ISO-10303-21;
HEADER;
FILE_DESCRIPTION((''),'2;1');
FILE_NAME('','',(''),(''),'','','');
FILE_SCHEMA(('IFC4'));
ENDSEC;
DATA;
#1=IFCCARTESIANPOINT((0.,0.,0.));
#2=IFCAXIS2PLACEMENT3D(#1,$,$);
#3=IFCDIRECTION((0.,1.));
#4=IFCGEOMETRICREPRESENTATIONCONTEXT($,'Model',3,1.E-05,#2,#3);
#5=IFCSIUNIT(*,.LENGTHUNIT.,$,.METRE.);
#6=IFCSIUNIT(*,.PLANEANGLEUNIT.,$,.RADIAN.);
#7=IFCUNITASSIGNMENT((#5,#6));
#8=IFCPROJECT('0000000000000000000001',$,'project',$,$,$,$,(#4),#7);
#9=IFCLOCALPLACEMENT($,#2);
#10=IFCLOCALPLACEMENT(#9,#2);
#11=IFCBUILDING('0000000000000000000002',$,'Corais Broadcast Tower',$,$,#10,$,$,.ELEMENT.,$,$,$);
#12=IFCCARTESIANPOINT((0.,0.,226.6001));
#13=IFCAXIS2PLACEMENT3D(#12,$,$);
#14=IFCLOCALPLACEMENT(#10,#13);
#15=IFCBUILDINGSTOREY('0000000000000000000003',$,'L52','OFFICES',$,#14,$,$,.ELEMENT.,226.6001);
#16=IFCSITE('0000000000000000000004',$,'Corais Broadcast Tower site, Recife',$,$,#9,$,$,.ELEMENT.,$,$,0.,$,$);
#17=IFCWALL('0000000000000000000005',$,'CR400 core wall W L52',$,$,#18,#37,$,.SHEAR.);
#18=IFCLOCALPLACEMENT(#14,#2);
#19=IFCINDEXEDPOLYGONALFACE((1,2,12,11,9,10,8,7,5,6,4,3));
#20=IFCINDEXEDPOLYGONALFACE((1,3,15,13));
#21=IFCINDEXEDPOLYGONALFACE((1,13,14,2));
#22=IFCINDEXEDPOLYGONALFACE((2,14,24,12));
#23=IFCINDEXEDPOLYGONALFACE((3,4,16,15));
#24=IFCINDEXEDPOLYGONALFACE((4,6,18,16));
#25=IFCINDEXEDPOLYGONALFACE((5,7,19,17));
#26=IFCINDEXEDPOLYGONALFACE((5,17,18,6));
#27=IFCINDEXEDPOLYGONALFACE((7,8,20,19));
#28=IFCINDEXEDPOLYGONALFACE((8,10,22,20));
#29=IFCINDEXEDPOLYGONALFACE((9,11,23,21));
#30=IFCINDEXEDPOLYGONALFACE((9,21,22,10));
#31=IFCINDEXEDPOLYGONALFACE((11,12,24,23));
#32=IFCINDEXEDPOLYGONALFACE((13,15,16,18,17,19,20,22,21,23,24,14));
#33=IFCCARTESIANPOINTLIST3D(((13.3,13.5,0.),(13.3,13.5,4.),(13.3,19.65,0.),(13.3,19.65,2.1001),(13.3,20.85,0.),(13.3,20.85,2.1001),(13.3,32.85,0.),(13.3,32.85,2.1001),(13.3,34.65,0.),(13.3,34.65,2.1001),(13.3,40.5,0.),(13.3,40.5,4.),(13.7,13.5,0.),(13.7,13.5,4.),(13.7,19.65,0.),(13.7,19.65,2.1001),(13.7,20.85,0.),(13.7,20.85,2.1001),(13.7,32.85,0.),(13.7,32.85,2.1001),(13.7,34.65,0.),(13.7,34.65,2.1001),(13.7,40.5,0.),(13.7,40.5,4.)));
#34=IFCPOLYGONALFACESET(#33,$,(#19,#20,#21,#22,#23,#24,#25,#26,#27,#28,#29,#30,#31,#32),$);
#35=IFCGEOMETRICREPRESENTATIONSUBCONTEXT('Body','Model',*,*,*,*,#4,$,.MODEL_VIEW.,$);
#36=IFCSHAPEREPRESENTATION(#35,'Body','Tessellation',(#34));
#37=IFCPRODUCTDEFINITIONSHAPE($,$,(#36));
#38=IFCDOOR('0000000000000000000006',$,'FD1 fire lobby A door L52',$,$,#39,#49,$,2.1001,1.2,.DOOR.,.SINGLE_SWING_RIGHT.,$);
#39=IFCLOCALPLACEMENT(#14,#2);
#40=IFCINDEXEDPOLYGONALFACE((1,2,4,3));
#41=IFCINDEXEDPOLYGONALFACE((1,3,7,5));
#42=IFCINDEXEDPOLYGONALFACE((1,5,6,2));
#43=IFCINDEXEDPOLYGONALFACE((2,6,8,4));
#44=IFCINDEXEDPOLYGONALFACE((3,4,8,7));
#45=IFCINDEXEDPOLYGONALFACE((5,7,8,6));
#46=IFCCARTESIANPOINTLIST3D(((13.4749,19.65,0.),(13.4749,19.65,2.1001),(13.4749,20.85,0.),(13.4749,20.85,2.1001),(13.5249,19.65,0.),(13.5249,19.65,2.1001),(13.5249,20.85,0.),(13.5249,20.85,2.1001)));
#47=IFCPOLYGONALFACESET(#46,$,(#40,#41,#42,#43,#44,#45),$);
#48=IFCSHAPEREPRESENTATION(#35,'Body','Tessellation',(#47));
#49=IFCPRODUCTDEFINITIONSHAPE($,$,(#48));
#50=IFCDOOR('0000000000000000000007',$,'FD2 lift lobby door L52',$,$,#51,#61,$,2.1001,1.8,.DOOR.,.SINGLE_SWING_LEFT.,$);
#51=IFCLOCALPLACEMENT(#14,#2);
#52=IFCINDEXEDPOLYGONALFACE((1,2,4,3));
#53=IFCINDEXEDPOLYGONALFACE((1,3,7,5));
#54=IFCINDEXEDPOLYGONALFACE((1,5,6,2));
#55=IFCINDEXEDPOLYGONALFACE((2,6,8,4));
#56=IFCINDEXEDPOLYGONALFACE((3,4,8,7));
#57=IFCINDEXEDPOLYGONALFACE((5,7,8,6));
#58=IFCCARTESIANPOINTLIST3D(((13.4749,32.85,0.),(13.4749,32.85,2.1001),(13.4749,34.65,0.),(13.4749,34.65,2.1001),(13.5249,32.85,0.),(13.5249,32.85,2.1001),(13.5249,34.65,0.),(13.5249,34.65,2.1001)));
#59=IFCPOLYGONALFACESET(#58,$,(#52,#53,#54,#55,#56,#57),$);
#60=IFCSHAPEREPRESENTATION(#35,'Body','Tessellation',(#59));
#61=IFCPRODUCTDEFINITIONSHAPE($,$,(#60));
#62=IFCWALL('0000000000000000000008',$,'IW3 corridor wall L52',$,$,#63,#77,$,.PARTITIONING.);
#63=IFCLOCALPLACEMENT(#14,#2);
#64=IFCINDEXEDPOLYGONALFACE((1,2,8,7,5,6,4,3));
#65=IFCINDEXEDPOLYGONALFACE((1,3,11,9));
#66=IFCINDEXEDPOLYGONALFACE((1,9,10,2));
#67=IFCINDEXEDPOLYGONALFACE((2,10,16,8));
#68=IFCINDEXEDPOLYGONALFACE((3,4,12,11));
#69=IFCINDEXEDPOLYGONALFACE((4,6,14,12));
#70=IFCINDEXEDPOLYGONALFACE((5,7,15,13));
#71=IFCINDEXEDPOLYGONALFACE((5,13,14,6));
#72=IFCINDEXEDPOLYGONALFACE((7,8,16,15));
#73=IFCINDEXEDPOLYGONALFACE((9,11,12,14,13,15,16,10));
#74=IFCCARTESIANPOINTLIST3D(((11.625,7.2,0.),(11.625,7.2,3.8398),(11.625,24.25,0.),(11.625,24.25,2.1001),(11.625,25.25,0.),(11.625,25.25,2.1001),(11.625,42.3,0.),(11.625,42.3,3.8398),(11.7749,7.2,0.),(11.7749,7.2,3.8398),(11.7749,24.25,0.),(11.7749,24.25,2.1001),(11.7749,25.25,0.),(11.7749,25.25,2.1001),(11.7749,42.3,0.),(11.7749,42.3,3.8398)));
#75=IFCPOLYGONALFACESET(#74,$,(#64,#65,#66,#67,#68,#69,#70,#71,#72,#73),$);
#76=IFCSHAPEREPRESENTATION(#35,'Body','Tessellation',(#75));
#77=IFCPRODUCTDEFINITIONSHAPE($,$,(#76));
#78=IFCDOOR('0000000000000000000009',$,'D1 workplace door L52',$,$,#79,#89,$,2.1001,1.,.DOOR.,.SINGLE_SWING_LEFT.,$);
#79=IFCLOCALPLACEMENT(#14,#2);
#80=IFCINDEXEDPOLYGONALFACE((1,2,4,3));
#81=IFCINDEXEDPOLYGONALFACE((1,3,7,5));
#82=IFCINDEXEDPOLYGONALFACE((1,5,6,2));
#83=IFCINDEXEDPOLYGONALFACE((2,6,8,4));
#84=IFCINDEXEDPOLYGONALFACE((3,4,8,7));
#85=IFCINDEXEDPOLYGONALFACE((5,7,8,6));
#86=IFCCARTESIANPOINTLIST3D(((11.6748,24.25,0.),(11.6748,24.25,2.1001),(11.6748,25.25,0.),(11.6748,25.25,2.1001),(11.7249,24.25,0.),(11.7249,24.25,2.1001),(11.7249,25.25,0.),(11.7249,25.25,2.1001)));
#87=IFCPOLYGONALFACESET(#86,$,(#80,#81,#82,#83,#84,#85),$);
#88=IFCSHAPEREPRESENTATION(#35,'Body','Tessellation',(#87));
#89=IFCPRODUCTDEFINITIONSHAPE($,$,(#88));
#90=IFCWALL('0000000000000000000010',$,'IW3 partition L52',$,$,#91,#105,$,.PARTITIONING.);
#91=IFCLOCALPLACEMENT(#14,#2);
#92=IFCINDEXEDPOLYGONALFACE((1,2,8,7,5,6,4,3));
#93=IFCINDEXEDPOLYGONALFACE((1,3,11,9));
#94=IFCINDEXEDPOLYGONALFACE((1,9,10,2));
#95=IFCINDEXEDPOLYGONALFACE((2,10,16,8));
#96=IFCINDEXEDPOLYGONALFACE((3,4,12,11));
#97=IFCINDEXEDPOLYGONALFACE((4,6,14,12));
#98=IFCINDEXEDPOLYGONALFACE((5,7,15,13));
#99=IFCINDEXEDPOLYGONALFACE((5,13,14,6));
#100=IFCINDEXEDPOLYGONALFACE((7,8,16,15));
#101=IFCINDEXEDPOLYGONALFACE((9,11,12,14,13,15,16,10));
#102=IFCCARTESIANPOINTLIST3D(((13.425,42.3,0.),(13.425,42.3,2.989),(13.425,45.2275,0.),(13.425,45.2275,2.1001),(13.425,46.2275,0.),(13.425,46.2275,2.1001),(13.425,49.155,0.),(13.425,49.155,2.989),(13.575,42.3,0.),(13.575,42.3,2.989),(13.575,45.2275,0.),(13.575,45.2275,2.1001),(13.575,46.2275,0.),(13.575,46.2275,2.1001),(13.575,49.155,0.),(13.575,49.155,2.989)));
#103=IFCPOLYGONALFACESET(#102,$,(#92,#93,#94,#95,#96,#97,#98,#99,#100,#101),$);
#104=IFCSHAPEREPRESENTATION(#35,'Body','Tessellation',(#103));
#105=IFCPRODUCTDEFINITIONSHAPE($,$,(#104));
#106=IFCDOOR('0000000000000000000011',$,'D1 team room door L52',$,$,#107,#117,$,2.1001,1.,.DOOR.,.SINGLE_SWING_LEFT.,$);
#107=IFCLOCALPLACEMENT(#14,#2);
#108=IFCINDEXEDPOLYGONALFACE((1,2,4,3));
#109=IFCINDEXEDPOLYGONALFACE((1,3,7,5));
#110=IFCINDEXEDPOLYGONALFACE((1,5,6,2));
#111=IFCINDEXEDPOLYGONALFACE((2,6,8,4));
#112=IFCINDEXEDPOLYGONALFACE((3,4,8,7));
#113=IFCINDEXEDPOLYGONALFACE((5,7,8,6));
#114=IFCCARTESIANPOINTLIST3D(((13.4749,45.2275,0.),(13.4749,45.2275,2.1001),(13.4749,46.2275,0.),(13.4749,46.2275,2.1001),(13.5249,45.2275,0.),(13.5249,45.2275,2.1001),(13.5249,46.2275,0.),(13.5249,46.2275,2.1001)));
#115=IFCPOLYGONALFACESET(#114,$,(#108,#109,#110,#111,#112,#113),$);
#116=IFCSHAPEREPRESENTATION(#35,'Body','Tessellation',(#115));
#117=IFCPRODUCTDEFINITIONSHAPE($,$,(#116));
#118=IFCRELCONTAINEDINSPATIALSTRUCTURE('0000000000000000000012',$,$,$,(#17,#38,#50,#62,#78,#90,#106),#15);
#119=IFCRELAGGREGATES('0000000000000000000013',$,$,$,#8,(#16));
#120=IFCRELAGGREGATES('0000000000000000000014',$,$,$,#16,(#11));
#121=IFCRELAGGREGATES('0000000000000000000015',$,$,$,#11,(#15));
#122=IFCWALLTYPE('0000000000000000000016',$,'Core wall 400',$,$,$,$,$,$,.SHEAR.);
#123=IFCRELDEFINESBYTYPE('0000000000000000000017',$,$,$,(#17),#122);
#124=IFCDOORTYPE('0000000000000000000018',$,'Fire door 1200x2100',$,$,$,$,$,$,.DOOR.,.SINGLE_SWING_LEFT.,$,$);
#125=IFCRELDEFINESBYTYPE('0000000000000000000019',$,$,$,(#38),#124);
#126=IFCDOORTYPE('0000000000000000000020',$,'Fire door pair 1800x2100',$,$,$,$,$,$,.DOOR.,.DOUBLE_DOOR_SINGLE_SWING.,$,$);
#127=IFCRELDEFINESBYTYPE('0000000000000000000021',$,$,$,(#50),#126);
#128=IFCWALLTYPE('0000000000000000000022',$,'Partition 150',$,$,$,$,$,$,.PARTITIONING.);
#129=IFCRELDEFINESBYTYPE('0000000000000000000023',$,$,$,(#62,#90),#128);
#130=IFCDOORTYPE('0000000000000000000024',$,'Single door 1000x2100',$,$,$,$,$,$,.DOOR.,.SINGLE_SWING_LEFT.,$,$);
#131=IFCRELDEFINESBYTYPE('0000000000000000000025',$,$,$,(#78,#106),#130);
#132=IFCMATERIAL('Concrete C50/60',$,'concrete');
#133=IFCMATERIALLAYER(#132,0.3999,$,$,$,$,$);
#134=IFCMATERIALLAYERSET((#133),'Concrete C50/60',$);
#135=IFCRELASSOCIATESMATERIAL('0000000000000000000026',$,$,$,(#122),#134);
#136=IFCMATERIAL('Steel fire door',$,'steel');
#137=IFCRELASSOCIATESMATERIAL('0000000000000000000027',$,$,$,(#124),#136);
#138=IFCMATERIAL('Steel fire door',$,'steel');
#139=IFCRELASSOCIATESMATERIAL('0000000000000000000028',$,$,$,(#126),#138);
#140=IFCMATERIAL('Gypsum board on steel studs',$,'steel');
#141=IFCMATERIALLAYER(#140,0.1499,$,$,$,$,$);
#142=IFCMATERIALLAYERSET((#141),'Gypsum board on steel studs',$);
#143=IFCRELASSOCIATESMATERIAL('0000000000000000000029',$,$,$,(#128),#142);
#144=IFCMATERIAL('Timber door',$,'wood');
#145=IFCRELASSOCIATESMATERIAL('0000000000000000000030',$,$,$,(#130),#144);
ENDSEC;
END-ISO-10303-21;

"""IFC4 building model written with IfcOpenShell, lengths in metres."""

from ifc_helpers import new_model, si_unit, direction, frame, frame_2d, origin, place, context, subcontext, project, spatial, rectangle, extrude, material, layer, layer_set, type_object, element, fill, save


model = new_model("IFC4")

# Units and contexts
model_context = context("Model", 3, precision=1e-05, world=origin(), true_north=direction((0.0, 1.0)))
body_context = subcontext(model_context, "Body", "Model", "MODEL_VIEW")
ifc_project = project(units=[si_unit("LENGTHUNIT", "METRE"), si_unit("PLANEANGLEUNIT", "RADIAN")], contexts=[model_context])

# Site, building, storey
site_placement = place(None, origin())
site = spatial("IfcSite", under=ifc_project, at=site_placement, Name="Corais Broadcast Tower site, Recife", CompositionType="ELEMENT", RefElevation=0.0)
building_placement = place(site_placement, origin())
building = spatial("IfcBuilding", under=site, at=building_placement, Name="Corais Broadcast Tower", CompositionType="ELEMENT")
storey_placement = place(building_placement, frame((0.0, 0.0, 226.6001)))
storey = spatial("IfcBuildingStorey", under=building, at=storey_placement, Name="L52", Description="OFFICES", CompositionType="ELEMENT", Elevation=226.6001)

# Wall, openings, doors
ifc_material_1 = material(Name="Concrete C50/60", Category="concrete")
ifc_layer_1 = layer(ifc_material_1, 0.3999)
ifc_layer_set_1 = layer_set([ifc_layer_1], Name="Concrete C50/60")
wall_type_1 = type_object("IfcWallType", Name="Core wall 400", PredefinedType="SHEAR", material=ifc_layer_set_1)
wall_1_placement = place(storey_placement, frame((13.5, 40.5, 0.0), z_axis=(0.0, 0.0, 1.0), x_axis=(0.0, -1.0, 0.0)))
wall_1 = element("IfcWall", 1, at=wall_1_placement, inside=storey, type_object=wall_type_1, Name="CR400 core wall W L52", PredefinedType="SHEAR", context=body_context, shape_type="SweptSolid", body=[
    extrude(rectangle(XDim=27.0, YDim=0.3999, at=frame_2d((13.5, 0.0))), origin(), (0.0, 0.0, 1.0), 4.0),
])
opening_1_placement = place(wall_1_placement, frame((19.6499, 0.0, 0.0)))
opening_1 = element("IfcOpeningElement", 2, at=opening_1_placement, cuts=wall_1, PredefinedType="OPENING", context=body_context, shape_type="SweptSolid", body=[
    extrude(rectangle(XDim=1.2, YDim=2.1001, at=frame_2d((0.6001, 1.05))), frame((0.0, 0.21, 0.0), z_axis=(0.0, -1.0, 0.0), x_axis=(1.0, 0.0, 0.0)), (0.0, 0.0, 1.0), 0.4199),
])
opening_2_placement = place(wall_1_placement, frame((5.8501, 0.0, 0.0)))
opening_2 = element("IfcOpeningElement", 3, at=opening_2_placement, cuts=wall_1, PredefinedType="OPENING", context=body_context, shape_type="SweptSolid", body=[
    extrude(rectangle(XDim=1.8, YDim=2.1001, at=frame_2d((0.8999, 1.05))), frame((0.0, 0.21, 0.0), z_axis=(0.0, -1.0, 0.0), x_axis=(1.0, 0.0, 0.0)), (0.0, 0.0, 1.0), 0.4199),
])
ifc_material_2 = material(Name="Steel fire door", Category="steel")
door_type_1 = type_object("IfcDoorType", Name="Fire door 1200x2100", OperationType="SINGLE_SWING_LEFT", PredefinedType="DOOR", material=ifc_material_2)
door_1_placement = place(opening_1_placement, origin())
door_1 = element("IfcDoor", 4, at=door_1_placement, inside=storey, type_object=door_type_1, Name="FD1 fire lobby A door L52", OperationType="SINGLE_SWING_RIGHT", OverallHeight=2.1001, OverallWidth=1.2, PredefinedType="DOOR", context=body_context, shape_type="SweptSolid", body=[
    extrude(rectangle(XDim=1.2, YDim=2.1001, at=frame_2d((0.6001, 1.05))), frame((0.0, 0.0249, 0.0), z_axis=(0.0, -1.0, 0.0), x_axis=(1.0, 0.0, 0.0)), (0.0, 0.0, 1.0), 0.05),
])
fill(opening_1, door_1)
ifc_material_3 = material(Name="Steel fire door", Category="steel")
door_type_2 = type_object("IfcDoorType", Name="Fire door pair 1800x2100", OperationType="DOUBLE_DOOR_SINGLE_SWING", PredefinedType="DOOR", material=ifc_material_3)
door_2_placement = place(opening_2_placement, origin())
door_2 = element("IfcDoor", 5, at=door_2_placement, inside=storey, type_object=door_type_2, Name="FD2 lift lobby door L52", OperationType="SINGLE_SWING_LEFT", OverallHeight=2.1001, OverallWidth=1.8, PredefinedType="DOOR", context=body_context, shape_type="SweptSolid", body=[
    extrude(rectangle(XDim=1.8, YDim=2.1001, at=frame_2d((0.8999, 1.05))), frame((0.0, 0.0249, 0.0), z_axis=(0.0, -1.0, 0.0), x_axis=(1.0, 0.0, 0.0)), (0.0, 0.0, 1.0), 0.05),
])
fill(opening_2, door_2)

# Walls, openings, doors
ifc_material_4 = material(Name="Gypsum board on steel studs", Category="steel")
ifc_layer_2 = layer(ifc_material_4, 0.1499)
ifc_layer_set_2 = layer_set([ifc_layer_2], Name="Gypsum board on steel studs")
wall_type_2 = type_object("IfcWallType", Name="Partition 150", PredefinedType="PARTITIONING", material=ifc_layer_set_2)
wall_2_placement = place(storey_placement, frame((11.7, 42.3, 0.0), z_axis=(0.0, 0.0, 1.0), x_axis=(0.0, -1.0, 0.0)))
wall_2 = element("IfcWall", 6, at=wall_2_placement, inside=storey, type_object=wall_type_2, Name="IW3 corridor wall L52", PredefinedType="PARTITIONING", context=body_context, shape_type="SweptSolid", body=[
    extrude(rectangle(XDim=35.1001, YDim=0.1499, at=frame_2d((17.55, 0.0))), origin(), (0.0, 0.0, 1.0), 3.8398),
])
opening_3_placement = place(wall_2_placement, frame((17.05, 0.0, 0.0)))
opening_3 = element("IfcOpeningElement", 7, at=opening_3_placement, cuts=wall_2, PredefinedType="OPENING", context=body_context, shape_type="SweptSolid", body=[
    extrude(rectangle(XDim=1.0, YDim=2.1001, at=frame_2d((0.5, 1.05))), frame((0.0, 0.085, 0.0), z_axis=(0.0, -1.0, 0.0), x_axis=(1.0, 0.0, 0.0)), (0.0, 0.0, 1.0), 0.1699),
])
ifc_material_5 = material(Name="Timber door", Category="wood")
door_type_3 = type_object("IfcDoorType", Name="Single door 1000x2100", OperationType="SINGLE_SWING_LEFT", PredefinedType="DOOR", material=ifc_material_5)
door_3_placement = place(opening_3_placement, origin())
door_3 = element("IfcDoor", 8, at=door_3_placement, inside=storey, type_object=door_type_3, Name="D1 workplace door L52", OperationType="SINGLE_SWING_LEFT", OverallHeight=2.1001, OverallWidth=1.0, PredefinedType="DOOR", context=body_context, shape_type="SweptSolid", body=[
    extrude(rectangle(XDim=1.0, YDim=2.1001, at=frame_2d((0.5, 1.05))), frame((0.0, 0.0249, 0.0), z_axis=(0.0, -1.0, 0.0), x_axis=(1.0, 0.0, 0.0)), (0.0, 0.0, 1.0), 0.05),
])
fill(opening_3, door_3)
wall_3_placement = place(storey_placement, frame((13.5, 49.155, 0.0), z_axis=(0.0, 0.0, 1.0), x_axis=(0.0, -1.0, 0.0)))
wall_3 = element("IfcWall", 9, at=wall_3_placement, inside=storey, type_object=wall_type_2, Name="IW3 partition L52", PredefinedType="PARTITIONING", context=body_context, shape_type="SweptSolid", body=[
    extrude(rectangle(XDim=6.855, YDim=0.1499, at=frame_2d((3.4275, 0.0))), origin(), (0.0, 0.0, 1.0), 2.989),
])
opening_4_placement = place(wall_3_placement, frame((2.9275, 0.0, 0.0)))
opening_4 = element("IfcOpeningElement", 10, at=opening_4_placement, cuts=wall_3, PredefinedType="OPENING", context=body_context, shape_type="SweptSolid", body=[
    extrude(rectangle(XDim=1.0, YDim=2.1001, at=frame_2d((0.5, 1.05))), frame((0.0, 0.085, 0.0), z_axis=(0.0, -1.0, 0.0), x_axis=(1.0, 0.0, 0.0)), (0.0, 0.0, 1.0), 0.1699),
])
door_4_placement = place(opening_4_placement, origin())
door_4 = element("IfcDoor", 11, at=door_4_placement, inside=storey, type_object=door_type_3, Name="D1 team room door L52", OperationType="SINGLE_SWING_LEFT", OverallHeight=2.1001, OverallWidth=1.0, PredefinedType="DOOR", context=body_context, shape_type="SweptSolid", body=[
    extrude(rectangle(XDim=1.0, YDim=2.1001, at=frame_2d((0.5, 1.05))), frame((0.0, 0.0249, 0.0), z_axis=(0.0, -1.0, 0.0), x_axis=(1.0, 0.0, 0.0)), (0.0, 0.0, 1.0), 0.05),
])
fill(opening_4, door_4)

save(model, "model.ifc")
